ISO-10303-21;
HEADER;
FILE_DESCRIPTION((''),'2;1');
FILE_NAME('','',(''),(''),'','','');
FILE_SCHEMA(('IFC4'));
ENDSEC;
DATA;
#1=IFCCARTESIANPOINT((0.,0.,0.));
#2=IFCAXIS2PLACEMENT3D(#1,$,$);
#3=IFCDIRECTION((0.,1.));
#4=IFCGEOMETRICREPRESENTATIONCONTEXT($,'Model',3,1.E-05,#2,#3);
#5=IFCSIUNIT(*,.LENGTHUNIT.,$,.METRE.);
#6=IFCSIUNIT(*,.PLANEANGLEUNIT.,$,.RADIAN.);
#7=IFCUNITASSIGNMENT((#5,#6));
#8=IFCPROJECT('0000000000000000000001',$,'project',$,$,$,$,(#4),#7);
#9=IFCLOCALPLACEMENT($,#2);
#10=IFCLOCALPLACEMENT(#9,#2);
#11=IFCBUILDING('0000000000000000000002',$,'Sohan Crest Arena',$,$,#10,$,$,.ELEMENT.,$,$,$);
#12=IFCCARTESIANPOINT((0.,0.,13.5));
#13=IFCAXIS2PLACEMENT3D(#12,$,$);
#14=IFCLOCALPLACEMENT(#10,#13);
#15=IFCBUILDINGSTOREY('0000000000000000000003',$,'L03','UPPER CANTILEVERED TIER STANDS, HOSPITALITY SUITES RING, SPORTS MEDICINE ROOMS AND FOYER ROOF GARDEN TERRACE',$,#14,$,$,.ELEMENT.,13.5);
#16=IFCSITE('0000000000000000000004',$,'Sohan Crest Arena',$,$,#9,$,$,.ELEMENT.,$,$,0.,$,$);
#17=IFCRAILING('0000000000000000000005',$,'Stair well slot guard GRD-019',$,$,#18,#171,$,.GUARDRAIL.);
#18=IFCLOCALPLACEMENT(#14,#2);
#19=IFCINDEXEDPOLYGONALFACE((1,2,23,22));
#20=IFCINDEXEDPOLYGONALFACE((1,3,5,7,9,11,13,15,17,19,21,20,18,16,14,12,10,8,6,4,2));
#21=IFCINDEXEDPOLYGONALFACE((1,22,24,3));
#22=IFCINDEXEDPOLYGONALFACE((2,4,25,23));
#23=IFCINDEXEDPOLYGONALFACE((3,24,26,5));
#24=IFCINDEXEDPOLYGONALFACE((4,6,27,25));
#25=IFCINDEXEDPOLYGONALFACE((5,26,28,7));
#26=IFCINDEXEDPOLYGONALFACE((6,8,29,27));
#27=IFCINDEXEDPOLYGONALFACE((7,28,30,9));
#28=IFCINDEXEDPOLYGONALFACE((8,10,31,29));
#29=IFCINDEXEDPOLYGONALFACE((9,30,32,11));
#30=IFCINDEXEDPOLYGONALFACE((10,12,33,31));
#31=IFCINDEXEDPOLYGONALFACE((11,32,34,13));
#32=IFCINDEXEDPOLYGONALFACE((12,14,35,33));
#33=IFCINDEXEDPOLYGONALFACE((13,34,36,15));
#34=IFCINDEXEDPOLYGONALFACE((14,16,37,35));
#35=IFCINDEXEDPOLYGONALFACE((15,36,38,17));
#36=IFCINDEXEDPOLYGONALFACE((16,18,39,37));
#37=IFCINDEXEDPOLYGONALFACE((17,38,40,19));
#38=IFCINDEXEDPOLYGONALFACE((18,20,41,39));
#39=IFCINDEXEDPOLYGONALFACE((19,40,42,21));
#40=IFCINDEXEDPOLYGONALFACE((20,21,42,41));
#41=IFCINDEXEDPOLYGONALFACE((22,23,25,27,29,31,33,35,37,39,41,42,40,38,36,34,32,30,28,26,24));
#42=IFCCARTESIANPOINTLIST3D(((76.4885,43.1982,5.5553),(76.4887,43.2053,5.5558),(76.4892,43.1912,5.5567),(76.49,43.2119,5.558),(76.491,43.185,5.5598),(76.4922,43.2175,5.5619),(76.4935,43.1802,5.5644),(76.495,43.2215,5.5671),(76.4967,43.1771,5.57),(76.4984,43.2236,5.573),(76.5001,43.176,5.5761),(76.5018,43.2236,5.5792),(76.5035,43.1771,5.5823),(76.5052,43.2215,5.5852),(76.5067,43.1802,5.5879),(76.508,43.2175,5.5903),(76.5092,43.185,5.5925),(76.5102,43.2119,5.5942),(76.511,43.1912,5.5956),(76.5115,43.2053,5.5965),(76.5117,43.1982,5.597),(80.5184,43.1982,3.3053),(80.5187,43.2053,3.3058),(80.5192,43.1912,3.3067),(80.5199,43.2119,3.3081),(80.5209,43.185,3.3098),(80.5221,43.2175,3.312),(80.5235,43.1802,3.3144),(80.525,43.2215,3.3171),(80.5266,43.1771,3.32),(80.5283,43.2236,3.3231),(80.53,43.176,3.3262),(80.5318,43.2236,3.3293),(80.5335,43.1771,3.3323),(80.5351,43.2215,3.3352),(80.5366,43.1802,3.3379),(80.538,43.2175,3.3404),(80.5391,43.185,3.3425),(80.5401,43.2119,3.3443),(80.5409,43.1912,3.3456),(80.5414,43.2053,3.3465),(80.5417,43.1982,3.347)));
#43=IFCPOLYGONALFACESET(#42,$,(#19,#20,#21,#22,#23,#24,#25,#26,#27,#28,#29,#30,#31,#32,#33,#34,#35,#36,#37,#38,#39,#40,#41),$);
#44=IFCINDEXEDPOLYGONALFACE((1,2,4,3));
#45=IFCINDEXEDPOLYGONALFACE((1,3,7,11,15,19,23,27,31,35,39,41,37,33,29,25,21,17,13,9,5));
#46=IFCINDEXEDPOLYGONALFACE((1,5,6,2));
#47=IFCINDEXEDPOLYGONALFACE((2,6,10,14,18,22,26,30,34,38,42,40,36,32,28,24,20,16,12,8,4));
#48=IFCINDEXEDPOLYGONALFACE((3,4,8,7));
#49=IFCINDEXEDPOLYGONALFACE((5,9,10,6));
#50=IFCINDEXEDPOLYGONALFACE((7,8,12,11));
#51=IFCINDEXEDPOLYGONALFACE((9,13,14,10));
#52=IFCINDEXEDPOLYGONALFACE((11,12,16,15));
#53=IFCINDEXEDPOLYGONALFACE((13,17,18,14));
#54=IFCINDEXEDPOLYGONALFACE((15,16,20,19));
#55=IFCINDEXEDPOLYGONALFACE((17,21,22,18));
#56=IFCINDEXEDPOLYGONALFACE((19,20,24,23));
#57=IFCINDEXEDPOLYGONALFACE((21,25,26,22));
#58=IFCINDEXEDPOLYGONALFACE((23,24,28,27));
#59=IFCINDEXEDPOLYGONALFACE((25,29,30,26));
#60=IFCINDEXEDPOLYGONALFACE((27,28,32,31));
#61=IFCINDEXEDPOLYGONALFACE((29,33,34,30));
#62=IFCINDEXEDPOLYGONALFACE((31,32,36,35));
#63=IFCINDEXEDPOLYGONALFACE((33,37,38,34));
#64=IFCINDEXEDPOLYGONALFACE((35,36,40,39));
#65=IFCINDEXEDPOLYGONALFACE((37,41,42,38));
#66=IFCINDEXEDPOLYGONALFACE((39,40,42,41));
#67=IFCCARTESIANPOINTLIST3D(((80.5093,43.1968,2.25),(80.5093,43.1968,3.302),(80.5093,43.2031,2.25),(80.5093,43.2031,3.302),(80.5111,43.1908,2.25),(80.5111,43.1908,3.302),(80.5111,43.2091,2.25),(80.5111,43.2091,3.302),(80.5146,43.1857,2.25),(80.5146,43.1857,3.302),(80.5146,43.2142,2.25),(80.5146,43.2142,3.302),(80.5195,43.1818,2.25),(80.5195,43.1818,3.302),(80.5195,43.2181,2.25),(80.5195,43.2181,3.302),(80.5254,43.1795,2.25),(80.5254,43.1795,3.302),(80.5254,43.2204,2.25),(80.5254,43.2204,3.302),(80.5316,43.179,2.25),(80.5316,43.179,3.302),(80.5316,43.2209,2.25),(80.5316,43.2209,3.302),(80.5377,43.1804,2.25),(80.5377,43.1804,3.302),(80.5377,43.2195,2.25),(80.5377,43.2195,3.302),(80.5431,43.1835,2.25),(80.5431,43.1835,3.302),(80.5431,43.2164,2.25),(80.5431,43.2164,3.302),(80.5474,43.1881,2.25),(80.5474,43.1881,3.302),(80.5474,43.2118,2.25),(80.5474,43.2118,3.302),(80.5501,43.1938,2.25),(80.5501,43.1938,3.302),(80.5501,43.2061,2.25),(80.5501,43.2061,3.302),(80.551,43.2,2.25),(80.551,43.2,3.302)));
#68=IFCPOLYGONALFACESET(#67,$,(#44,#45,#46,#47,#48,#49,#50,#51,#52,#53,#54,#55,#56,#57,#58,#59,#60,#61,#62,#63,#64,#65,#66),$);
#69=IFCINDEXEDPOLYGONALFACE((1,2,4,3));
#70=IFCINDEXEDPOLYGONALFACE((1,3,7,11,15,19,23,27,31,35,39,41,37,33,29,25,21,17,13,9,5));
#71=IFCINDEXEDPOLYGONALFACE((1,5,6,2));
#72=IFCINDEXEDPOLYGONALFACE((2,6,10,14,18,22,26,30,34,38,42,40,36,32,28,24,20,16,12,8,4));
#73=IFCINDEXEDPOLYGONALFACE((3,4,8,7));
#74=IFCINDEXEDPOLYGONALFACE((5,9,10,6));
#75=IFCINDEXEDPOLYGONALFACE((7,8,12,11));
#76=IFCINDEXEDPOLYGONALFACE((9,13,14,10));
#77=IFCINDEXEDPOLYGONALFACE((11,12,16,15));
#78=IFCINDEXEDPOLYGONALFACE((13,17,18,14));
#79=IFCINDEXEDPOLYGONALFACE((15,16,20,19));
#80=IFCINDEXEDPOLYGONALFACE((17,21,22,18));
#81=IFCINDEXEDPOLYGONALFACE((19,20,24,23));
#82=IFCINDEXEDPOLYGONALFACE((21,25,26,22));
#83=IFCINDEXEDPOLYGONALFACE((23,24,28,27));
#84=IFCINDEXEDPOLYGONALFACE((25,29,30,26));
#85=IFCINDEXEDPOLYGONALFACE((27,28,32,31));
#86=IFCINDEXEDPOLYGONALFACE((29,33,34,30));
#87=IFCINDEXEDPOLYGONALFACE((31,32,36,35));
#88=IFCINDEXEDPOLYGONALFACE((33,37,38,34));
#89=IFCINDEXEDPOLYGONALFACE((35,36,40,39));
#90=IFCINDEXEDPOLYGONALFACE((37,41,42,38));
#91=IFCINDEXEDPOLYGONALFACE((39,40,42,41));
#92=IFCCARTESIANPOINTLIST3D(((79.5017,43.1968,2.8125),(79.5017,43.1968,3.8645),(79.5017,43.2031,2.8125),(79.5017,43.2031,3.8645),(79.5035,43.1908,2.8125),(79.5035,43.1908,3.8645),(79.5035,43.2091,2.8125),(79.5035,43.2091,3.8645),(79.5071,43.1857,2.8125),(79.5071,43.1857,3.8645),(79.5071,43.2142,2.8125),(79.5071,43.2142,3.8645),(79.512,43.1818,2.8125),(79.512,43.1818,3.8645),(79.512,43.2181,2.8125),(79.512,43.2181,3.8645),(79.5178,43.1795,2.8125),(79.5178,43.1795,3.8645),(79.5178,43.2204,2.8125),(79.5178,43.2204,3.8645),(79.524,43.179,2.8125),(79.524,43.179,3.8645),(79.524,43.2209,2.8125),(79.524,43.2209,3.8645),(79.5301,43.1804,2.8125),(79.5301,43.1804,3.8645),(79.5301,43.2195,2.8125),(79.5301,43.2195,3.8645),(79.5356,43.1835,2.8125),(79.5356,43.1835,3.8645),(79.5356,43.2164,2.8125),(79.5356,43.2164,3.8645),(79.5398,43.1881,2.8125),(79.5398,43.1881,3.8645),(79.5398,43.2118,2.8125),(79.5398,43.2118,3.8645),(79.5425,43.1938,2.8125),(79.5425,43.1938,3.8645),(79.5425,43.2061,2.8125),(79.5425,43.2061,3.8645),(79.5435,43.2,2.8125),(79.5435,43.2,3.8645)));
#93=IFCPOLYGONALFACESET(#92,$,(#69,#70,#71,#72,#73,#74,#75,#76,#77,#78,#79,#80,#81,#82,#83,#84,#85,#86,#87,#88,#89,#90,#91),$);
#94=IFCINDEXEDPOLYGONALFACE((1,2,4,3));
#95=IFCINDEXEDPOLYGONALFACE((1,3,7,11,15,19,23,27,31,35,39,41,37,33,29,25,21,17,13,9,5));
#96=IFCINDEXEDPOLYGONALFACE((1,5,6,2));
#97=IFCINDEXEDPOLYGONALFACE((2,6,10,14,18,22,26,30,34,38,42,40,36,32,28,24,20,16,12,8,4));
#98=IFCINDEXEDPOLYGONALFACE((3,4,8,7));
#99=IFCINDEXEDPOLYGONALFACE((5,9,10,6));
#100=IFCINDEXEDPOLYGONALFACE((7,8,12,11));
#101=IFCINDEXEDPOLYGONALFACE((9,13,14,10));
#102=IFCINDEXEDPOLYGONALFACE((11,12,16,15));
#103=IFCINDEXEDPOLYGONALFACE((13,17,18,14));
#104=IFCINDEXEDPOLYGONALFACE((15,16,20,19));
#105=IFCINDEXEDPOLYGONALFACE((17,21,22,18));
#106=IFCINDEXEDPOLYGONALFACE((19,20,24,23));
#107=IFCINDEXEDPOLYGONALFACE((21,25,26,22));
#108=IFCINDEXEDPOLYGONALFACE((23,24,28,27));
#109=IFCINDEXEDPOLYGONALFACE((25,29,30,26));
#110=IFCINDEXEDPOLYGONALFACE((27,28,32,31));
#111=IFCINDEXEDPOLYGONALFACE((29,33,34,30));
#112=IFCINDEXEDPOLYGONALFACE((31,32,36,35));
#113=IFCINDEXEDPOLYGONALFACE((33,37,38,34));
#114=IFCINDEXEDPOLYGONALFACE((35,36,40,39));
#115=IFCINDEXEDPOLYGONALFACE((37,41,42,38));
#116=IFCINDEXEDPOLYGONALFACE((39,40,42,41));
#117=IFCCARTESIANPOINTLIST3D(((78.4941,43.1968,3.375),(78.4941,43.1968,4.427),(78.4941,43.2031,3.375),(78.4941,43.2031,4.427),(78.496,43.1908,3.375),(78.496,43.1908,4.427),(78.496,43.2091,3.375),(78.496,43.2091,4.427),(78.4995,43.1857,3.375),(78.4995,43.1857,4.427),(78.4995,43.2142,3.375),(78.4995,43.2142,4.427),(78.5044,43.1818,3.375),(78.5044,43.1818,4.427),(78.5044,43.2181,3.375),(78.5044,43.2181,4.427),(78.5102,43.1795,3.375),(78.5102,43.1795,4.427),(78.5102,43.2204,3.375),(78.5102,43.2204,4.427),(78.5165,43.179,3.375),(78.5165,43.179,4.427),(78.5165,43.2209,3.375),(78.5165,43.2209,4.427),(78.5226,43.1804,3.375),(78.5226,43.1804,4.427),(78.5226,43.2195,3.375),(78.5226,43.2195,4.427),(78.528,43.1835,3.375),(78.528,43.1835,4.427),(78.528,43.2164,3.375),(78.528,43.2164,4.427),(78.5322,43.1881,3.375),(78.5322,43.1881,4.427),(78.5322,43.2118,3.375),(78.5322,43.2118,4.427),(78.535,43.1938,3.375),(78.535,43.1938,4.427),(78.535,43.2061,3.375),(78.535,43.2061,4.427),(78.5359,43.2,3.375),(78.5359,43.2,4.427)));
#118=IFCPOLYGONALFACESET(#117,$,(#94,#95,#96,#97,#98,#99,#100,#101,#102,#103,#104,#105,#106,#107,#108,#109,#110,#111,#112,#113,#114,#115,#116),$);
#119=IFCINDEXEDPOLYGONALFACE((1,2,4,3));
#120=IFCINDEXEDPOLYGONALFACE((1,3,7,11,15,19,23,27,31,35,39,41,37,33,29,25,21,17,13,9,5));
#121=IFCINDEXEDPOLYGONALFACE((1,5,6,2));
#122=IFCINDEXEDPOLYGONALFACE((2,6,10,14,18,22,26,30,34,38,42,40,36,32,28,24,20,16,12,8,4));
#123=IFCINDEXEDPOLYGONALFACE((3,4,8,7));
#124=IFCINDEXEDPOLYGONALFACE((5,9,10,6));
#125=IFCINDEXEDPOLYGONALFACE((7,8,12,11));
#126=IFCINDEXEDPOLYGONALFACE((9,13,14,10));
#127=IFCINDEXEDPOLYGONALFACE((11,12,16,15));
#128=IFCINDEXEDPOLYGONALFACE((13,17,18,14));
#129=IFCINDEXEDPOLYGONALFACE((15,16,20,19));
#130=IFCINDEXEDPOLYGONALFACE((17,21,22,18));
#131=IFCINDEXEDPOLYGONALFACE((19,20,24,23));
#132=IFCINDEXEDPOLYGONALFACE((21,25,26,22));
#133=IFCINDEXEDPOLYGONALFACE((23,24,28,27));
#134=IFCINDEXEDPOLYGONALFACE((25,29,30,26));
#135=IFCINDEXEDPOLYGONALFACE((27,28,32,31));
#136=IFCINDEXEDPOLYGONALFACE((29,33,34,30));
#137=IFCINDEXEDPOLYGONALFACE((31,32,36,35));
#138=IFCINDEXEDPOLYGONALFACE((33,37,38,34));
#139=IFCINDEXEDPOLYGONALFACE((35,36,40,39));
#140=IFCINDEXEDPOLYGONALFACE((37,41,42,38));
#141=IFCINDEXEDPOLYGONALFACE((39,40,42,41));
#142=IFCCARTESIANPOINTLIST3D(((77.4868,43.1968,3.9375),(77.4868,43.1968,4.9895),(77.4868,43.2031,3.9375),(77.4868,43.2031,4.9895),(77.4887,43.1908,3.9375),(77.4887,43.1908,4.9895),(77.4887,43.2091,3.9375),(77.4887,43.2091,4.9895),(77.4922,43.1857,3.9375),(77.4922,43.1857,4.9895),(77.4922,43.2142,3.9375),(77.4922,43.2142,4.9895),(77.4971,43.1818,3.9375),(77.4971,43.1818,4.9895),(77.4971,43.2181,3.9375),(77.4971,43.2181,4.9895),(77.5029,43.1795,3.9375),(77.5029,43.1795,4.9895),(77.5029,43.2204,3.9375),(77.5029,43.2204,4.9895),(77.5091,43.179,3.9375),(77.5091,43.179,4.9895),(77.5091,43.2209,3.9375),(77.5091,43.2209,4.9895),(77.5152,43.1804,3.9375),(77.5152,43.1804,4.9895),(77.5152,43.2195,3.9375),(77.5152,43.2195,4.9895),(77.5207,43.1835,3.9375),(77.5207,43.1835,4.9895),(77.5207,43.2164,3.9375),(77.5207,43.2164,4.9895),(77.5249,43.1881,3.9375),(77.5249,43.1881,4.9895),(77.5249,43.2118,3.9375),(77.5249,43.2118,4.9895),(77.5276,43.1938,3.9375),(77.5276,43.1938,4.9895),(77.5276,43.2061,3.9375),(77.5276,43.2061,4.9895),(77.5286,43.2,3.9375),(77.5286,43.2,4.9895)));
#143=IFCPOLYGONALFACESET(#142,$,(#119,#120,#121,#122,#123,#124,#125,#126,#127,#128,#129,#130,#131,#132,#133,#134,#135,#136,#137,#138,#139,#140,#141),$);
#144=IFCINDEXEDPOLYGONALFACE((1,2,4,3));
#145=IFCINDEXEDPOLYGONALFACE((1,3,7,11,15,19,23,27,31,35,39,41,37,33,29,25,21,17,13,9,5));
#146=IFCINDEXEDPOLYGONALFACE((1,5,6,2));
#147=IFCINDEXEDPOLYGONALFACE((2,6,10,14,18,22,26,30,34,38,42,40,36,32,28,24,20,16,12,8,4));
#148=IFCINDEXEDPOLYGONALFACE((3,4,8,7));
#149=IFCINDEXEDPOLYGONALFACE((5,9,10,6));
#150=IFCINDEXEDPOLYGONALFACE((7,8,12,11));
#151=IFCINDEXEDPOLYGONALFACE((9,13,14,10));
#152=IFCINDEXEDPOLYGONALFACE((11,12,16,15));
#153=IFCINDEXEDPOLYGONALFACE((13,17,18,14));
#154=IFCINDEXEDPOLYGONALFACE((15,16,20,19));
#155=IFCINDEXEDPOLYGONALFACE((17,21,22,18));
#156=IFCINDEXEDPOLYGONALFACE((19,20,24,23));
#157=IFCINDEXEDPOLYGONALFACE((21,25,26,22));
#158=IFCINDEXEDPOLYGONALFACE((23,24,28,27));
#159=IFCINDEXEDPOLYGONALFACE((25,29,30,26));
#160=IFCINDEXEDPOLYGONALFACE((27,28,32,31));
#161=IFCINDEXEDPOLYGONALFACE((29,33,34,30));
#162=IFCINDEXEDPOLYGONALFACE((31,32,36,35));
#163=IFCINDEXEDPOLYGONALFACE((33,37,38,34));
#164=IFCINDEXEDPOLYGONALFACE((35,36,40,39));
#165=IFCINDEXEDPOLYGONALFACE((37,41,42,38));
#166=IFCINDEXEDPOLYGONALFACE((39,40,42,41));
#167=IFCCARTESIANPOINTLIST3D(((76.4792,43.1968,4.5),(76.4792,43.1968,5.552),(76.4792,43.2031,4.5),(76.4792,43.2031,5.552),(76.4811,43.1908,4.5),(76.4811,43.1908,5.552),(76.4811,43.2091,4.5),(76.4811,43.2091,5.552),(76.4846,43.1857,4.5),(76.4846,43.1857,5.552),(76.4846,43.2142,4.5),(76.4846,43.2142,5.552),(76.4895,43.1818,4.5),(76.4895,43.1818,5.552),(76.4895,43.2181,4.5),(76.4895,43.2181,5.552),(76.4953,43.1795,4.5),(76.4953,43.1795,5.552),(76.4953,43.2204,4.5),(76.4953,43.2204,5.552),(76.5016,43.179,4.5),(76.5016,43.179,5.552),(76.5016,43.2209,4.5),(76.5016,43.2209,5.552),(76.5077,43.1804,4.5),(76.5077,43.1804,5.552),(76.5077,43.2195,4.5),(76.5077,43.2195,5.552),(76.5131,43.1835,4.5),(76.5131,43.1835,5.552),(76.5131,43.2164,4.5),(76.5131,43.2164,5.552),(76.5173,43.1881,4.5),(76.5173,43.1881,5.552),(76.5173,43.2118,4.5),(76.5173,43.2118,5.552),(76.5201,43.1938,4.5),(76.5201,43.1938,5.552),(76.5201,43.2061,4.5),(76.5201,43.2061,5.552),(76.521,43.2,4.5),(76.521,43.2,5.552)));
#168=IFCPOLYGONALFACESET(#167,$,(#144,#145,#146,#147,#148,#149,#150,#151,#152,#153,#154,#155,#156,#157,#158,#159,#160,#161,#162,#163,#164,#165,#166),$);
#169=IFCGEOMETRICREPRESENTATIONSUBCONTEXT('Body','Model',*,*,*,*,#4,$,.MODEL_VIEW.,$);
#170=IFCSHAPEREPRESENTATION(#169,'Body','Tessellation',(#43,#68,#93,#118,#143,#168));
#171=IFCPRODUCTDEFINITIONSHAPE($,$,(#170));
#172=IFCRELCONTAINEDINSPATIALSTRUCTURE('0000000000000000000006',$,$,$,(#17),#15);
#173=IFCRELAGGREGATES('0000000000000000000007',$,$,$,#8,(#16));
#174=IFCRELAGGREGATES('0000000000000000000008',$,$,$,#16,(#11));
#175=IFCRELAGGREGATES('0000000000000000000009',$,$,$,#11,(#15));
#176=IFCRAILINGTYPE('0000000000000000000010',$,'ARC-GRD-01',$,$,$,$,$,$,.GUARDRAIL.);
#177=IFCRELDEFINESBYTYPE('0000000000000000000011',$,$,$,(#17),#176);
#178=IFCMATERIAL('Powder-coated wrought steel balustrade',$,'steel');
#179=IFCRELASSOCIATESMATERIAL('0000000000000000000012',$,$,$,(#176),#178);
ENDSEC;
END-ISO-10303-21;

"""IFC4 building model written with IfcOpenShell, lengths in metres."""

from ifc_helpers import new_model, si_unit, direction, frame, origin, origin_2d, place, context, subcontext, project, spatial, circle, extrude, material, type_object, element, save


model = new_model("IFC4")

# Units and contexts
model_context = context("Model", 3, precision=1e-05, world=origin(), true_north=direction((0.0, 1.0)))
body_context = subcontext(model_context, "Body", "Model", "MODEL_VIEW")
ifc_project = project(units=[si_unit("LENGTHUNIT", "METRE"), si_unit("PLANEANGLEUNIT", "RADIAN")], contexts=[model_context])

# Site, building, storey
site_placement = place(None, origin())
site = spatial("IfcSite", under=ifc_project, at=site_placement, Name="Sohan Crest Arena", CompositionType="ELEMENT", RefElevation=0.0)
building_placement = place(site_placement, origin())
building = spatial("IfcBuilding", under=site, at=building_placement, Name="Sohan Crest Arena", CompositionType="ELEMENT")
storey_placement = place(building_placement, frame((0.0, 0.0, 13.5)))
storey = spatial("IfcBuildingStorey", under=building, at=storey_placement, Name="L03", Description="UPPER CANTILEVERED TIER STANDS, HOSPITALITY SUITES RING, SPORTS MEDICINE ROOMS AND FOYER ROOF GARDEN TERRACE", CompositionType="ELEMENT", Elevation=13.5)

# Railing
ifc_material_1 = material(Name="Powder-coated wrought steel balustrade", Category="steel")
railing_type_1 = type_object("IfcRailingType", Name="ARC-GRD-01", PredefinedType="GUARDRAIL", material=ifc_material_1)
railing_1_placement = place(storey_placement, frame((80.53, 43.2, 2.25)))
element("IfcRailing", 1, at=railing_1_placement, inside=storey, type_object=railing_type_1, Name="Stair well slot guard GRD-019", PredefinedType="GUARDRAIL", context=body_context, shape_type="SweptSolid", body=[
    extrude(circle(Radius=0.0239, at=origin_2d()), frame((0.0, 0.0, 1.0762), z_axis=(-0.873135, 0.0, 0.487479), x_axis=(0.0, -1.0, 0.0)), (0.0, 0.0, 1.0), 4.6155),
    extrude(circle(Radius=0.021, at=origin_2d()), origin(), (0.0, 0.0, 1.0), 1.052),
    extrude(circle(Radius=0.021, at=origin_2d()), frame((-1.0076, 0.0, 0.5625)), (0.0, 0.0, 1.0), 1.052),
    extrude(circle(Radius=0.021, at=origin_2d()), frame((-2.0151, 0.0, 1.125)), (0.0, 0.0, 1.0), 1.052),
    extrude(circle(Radius=0.021, at=origin_2d()), frame((-3.0225, 0.0, 1.6875)), (0.0, 0.0, 1.0), 1.052),
    extrude(circle(Radius=0.021, at=origin_2d()), frame((-4.03, 0.0, 2.25)), (0.0, 0.0, 1.0), 1.052),
])

save(model, "model.ifc")
